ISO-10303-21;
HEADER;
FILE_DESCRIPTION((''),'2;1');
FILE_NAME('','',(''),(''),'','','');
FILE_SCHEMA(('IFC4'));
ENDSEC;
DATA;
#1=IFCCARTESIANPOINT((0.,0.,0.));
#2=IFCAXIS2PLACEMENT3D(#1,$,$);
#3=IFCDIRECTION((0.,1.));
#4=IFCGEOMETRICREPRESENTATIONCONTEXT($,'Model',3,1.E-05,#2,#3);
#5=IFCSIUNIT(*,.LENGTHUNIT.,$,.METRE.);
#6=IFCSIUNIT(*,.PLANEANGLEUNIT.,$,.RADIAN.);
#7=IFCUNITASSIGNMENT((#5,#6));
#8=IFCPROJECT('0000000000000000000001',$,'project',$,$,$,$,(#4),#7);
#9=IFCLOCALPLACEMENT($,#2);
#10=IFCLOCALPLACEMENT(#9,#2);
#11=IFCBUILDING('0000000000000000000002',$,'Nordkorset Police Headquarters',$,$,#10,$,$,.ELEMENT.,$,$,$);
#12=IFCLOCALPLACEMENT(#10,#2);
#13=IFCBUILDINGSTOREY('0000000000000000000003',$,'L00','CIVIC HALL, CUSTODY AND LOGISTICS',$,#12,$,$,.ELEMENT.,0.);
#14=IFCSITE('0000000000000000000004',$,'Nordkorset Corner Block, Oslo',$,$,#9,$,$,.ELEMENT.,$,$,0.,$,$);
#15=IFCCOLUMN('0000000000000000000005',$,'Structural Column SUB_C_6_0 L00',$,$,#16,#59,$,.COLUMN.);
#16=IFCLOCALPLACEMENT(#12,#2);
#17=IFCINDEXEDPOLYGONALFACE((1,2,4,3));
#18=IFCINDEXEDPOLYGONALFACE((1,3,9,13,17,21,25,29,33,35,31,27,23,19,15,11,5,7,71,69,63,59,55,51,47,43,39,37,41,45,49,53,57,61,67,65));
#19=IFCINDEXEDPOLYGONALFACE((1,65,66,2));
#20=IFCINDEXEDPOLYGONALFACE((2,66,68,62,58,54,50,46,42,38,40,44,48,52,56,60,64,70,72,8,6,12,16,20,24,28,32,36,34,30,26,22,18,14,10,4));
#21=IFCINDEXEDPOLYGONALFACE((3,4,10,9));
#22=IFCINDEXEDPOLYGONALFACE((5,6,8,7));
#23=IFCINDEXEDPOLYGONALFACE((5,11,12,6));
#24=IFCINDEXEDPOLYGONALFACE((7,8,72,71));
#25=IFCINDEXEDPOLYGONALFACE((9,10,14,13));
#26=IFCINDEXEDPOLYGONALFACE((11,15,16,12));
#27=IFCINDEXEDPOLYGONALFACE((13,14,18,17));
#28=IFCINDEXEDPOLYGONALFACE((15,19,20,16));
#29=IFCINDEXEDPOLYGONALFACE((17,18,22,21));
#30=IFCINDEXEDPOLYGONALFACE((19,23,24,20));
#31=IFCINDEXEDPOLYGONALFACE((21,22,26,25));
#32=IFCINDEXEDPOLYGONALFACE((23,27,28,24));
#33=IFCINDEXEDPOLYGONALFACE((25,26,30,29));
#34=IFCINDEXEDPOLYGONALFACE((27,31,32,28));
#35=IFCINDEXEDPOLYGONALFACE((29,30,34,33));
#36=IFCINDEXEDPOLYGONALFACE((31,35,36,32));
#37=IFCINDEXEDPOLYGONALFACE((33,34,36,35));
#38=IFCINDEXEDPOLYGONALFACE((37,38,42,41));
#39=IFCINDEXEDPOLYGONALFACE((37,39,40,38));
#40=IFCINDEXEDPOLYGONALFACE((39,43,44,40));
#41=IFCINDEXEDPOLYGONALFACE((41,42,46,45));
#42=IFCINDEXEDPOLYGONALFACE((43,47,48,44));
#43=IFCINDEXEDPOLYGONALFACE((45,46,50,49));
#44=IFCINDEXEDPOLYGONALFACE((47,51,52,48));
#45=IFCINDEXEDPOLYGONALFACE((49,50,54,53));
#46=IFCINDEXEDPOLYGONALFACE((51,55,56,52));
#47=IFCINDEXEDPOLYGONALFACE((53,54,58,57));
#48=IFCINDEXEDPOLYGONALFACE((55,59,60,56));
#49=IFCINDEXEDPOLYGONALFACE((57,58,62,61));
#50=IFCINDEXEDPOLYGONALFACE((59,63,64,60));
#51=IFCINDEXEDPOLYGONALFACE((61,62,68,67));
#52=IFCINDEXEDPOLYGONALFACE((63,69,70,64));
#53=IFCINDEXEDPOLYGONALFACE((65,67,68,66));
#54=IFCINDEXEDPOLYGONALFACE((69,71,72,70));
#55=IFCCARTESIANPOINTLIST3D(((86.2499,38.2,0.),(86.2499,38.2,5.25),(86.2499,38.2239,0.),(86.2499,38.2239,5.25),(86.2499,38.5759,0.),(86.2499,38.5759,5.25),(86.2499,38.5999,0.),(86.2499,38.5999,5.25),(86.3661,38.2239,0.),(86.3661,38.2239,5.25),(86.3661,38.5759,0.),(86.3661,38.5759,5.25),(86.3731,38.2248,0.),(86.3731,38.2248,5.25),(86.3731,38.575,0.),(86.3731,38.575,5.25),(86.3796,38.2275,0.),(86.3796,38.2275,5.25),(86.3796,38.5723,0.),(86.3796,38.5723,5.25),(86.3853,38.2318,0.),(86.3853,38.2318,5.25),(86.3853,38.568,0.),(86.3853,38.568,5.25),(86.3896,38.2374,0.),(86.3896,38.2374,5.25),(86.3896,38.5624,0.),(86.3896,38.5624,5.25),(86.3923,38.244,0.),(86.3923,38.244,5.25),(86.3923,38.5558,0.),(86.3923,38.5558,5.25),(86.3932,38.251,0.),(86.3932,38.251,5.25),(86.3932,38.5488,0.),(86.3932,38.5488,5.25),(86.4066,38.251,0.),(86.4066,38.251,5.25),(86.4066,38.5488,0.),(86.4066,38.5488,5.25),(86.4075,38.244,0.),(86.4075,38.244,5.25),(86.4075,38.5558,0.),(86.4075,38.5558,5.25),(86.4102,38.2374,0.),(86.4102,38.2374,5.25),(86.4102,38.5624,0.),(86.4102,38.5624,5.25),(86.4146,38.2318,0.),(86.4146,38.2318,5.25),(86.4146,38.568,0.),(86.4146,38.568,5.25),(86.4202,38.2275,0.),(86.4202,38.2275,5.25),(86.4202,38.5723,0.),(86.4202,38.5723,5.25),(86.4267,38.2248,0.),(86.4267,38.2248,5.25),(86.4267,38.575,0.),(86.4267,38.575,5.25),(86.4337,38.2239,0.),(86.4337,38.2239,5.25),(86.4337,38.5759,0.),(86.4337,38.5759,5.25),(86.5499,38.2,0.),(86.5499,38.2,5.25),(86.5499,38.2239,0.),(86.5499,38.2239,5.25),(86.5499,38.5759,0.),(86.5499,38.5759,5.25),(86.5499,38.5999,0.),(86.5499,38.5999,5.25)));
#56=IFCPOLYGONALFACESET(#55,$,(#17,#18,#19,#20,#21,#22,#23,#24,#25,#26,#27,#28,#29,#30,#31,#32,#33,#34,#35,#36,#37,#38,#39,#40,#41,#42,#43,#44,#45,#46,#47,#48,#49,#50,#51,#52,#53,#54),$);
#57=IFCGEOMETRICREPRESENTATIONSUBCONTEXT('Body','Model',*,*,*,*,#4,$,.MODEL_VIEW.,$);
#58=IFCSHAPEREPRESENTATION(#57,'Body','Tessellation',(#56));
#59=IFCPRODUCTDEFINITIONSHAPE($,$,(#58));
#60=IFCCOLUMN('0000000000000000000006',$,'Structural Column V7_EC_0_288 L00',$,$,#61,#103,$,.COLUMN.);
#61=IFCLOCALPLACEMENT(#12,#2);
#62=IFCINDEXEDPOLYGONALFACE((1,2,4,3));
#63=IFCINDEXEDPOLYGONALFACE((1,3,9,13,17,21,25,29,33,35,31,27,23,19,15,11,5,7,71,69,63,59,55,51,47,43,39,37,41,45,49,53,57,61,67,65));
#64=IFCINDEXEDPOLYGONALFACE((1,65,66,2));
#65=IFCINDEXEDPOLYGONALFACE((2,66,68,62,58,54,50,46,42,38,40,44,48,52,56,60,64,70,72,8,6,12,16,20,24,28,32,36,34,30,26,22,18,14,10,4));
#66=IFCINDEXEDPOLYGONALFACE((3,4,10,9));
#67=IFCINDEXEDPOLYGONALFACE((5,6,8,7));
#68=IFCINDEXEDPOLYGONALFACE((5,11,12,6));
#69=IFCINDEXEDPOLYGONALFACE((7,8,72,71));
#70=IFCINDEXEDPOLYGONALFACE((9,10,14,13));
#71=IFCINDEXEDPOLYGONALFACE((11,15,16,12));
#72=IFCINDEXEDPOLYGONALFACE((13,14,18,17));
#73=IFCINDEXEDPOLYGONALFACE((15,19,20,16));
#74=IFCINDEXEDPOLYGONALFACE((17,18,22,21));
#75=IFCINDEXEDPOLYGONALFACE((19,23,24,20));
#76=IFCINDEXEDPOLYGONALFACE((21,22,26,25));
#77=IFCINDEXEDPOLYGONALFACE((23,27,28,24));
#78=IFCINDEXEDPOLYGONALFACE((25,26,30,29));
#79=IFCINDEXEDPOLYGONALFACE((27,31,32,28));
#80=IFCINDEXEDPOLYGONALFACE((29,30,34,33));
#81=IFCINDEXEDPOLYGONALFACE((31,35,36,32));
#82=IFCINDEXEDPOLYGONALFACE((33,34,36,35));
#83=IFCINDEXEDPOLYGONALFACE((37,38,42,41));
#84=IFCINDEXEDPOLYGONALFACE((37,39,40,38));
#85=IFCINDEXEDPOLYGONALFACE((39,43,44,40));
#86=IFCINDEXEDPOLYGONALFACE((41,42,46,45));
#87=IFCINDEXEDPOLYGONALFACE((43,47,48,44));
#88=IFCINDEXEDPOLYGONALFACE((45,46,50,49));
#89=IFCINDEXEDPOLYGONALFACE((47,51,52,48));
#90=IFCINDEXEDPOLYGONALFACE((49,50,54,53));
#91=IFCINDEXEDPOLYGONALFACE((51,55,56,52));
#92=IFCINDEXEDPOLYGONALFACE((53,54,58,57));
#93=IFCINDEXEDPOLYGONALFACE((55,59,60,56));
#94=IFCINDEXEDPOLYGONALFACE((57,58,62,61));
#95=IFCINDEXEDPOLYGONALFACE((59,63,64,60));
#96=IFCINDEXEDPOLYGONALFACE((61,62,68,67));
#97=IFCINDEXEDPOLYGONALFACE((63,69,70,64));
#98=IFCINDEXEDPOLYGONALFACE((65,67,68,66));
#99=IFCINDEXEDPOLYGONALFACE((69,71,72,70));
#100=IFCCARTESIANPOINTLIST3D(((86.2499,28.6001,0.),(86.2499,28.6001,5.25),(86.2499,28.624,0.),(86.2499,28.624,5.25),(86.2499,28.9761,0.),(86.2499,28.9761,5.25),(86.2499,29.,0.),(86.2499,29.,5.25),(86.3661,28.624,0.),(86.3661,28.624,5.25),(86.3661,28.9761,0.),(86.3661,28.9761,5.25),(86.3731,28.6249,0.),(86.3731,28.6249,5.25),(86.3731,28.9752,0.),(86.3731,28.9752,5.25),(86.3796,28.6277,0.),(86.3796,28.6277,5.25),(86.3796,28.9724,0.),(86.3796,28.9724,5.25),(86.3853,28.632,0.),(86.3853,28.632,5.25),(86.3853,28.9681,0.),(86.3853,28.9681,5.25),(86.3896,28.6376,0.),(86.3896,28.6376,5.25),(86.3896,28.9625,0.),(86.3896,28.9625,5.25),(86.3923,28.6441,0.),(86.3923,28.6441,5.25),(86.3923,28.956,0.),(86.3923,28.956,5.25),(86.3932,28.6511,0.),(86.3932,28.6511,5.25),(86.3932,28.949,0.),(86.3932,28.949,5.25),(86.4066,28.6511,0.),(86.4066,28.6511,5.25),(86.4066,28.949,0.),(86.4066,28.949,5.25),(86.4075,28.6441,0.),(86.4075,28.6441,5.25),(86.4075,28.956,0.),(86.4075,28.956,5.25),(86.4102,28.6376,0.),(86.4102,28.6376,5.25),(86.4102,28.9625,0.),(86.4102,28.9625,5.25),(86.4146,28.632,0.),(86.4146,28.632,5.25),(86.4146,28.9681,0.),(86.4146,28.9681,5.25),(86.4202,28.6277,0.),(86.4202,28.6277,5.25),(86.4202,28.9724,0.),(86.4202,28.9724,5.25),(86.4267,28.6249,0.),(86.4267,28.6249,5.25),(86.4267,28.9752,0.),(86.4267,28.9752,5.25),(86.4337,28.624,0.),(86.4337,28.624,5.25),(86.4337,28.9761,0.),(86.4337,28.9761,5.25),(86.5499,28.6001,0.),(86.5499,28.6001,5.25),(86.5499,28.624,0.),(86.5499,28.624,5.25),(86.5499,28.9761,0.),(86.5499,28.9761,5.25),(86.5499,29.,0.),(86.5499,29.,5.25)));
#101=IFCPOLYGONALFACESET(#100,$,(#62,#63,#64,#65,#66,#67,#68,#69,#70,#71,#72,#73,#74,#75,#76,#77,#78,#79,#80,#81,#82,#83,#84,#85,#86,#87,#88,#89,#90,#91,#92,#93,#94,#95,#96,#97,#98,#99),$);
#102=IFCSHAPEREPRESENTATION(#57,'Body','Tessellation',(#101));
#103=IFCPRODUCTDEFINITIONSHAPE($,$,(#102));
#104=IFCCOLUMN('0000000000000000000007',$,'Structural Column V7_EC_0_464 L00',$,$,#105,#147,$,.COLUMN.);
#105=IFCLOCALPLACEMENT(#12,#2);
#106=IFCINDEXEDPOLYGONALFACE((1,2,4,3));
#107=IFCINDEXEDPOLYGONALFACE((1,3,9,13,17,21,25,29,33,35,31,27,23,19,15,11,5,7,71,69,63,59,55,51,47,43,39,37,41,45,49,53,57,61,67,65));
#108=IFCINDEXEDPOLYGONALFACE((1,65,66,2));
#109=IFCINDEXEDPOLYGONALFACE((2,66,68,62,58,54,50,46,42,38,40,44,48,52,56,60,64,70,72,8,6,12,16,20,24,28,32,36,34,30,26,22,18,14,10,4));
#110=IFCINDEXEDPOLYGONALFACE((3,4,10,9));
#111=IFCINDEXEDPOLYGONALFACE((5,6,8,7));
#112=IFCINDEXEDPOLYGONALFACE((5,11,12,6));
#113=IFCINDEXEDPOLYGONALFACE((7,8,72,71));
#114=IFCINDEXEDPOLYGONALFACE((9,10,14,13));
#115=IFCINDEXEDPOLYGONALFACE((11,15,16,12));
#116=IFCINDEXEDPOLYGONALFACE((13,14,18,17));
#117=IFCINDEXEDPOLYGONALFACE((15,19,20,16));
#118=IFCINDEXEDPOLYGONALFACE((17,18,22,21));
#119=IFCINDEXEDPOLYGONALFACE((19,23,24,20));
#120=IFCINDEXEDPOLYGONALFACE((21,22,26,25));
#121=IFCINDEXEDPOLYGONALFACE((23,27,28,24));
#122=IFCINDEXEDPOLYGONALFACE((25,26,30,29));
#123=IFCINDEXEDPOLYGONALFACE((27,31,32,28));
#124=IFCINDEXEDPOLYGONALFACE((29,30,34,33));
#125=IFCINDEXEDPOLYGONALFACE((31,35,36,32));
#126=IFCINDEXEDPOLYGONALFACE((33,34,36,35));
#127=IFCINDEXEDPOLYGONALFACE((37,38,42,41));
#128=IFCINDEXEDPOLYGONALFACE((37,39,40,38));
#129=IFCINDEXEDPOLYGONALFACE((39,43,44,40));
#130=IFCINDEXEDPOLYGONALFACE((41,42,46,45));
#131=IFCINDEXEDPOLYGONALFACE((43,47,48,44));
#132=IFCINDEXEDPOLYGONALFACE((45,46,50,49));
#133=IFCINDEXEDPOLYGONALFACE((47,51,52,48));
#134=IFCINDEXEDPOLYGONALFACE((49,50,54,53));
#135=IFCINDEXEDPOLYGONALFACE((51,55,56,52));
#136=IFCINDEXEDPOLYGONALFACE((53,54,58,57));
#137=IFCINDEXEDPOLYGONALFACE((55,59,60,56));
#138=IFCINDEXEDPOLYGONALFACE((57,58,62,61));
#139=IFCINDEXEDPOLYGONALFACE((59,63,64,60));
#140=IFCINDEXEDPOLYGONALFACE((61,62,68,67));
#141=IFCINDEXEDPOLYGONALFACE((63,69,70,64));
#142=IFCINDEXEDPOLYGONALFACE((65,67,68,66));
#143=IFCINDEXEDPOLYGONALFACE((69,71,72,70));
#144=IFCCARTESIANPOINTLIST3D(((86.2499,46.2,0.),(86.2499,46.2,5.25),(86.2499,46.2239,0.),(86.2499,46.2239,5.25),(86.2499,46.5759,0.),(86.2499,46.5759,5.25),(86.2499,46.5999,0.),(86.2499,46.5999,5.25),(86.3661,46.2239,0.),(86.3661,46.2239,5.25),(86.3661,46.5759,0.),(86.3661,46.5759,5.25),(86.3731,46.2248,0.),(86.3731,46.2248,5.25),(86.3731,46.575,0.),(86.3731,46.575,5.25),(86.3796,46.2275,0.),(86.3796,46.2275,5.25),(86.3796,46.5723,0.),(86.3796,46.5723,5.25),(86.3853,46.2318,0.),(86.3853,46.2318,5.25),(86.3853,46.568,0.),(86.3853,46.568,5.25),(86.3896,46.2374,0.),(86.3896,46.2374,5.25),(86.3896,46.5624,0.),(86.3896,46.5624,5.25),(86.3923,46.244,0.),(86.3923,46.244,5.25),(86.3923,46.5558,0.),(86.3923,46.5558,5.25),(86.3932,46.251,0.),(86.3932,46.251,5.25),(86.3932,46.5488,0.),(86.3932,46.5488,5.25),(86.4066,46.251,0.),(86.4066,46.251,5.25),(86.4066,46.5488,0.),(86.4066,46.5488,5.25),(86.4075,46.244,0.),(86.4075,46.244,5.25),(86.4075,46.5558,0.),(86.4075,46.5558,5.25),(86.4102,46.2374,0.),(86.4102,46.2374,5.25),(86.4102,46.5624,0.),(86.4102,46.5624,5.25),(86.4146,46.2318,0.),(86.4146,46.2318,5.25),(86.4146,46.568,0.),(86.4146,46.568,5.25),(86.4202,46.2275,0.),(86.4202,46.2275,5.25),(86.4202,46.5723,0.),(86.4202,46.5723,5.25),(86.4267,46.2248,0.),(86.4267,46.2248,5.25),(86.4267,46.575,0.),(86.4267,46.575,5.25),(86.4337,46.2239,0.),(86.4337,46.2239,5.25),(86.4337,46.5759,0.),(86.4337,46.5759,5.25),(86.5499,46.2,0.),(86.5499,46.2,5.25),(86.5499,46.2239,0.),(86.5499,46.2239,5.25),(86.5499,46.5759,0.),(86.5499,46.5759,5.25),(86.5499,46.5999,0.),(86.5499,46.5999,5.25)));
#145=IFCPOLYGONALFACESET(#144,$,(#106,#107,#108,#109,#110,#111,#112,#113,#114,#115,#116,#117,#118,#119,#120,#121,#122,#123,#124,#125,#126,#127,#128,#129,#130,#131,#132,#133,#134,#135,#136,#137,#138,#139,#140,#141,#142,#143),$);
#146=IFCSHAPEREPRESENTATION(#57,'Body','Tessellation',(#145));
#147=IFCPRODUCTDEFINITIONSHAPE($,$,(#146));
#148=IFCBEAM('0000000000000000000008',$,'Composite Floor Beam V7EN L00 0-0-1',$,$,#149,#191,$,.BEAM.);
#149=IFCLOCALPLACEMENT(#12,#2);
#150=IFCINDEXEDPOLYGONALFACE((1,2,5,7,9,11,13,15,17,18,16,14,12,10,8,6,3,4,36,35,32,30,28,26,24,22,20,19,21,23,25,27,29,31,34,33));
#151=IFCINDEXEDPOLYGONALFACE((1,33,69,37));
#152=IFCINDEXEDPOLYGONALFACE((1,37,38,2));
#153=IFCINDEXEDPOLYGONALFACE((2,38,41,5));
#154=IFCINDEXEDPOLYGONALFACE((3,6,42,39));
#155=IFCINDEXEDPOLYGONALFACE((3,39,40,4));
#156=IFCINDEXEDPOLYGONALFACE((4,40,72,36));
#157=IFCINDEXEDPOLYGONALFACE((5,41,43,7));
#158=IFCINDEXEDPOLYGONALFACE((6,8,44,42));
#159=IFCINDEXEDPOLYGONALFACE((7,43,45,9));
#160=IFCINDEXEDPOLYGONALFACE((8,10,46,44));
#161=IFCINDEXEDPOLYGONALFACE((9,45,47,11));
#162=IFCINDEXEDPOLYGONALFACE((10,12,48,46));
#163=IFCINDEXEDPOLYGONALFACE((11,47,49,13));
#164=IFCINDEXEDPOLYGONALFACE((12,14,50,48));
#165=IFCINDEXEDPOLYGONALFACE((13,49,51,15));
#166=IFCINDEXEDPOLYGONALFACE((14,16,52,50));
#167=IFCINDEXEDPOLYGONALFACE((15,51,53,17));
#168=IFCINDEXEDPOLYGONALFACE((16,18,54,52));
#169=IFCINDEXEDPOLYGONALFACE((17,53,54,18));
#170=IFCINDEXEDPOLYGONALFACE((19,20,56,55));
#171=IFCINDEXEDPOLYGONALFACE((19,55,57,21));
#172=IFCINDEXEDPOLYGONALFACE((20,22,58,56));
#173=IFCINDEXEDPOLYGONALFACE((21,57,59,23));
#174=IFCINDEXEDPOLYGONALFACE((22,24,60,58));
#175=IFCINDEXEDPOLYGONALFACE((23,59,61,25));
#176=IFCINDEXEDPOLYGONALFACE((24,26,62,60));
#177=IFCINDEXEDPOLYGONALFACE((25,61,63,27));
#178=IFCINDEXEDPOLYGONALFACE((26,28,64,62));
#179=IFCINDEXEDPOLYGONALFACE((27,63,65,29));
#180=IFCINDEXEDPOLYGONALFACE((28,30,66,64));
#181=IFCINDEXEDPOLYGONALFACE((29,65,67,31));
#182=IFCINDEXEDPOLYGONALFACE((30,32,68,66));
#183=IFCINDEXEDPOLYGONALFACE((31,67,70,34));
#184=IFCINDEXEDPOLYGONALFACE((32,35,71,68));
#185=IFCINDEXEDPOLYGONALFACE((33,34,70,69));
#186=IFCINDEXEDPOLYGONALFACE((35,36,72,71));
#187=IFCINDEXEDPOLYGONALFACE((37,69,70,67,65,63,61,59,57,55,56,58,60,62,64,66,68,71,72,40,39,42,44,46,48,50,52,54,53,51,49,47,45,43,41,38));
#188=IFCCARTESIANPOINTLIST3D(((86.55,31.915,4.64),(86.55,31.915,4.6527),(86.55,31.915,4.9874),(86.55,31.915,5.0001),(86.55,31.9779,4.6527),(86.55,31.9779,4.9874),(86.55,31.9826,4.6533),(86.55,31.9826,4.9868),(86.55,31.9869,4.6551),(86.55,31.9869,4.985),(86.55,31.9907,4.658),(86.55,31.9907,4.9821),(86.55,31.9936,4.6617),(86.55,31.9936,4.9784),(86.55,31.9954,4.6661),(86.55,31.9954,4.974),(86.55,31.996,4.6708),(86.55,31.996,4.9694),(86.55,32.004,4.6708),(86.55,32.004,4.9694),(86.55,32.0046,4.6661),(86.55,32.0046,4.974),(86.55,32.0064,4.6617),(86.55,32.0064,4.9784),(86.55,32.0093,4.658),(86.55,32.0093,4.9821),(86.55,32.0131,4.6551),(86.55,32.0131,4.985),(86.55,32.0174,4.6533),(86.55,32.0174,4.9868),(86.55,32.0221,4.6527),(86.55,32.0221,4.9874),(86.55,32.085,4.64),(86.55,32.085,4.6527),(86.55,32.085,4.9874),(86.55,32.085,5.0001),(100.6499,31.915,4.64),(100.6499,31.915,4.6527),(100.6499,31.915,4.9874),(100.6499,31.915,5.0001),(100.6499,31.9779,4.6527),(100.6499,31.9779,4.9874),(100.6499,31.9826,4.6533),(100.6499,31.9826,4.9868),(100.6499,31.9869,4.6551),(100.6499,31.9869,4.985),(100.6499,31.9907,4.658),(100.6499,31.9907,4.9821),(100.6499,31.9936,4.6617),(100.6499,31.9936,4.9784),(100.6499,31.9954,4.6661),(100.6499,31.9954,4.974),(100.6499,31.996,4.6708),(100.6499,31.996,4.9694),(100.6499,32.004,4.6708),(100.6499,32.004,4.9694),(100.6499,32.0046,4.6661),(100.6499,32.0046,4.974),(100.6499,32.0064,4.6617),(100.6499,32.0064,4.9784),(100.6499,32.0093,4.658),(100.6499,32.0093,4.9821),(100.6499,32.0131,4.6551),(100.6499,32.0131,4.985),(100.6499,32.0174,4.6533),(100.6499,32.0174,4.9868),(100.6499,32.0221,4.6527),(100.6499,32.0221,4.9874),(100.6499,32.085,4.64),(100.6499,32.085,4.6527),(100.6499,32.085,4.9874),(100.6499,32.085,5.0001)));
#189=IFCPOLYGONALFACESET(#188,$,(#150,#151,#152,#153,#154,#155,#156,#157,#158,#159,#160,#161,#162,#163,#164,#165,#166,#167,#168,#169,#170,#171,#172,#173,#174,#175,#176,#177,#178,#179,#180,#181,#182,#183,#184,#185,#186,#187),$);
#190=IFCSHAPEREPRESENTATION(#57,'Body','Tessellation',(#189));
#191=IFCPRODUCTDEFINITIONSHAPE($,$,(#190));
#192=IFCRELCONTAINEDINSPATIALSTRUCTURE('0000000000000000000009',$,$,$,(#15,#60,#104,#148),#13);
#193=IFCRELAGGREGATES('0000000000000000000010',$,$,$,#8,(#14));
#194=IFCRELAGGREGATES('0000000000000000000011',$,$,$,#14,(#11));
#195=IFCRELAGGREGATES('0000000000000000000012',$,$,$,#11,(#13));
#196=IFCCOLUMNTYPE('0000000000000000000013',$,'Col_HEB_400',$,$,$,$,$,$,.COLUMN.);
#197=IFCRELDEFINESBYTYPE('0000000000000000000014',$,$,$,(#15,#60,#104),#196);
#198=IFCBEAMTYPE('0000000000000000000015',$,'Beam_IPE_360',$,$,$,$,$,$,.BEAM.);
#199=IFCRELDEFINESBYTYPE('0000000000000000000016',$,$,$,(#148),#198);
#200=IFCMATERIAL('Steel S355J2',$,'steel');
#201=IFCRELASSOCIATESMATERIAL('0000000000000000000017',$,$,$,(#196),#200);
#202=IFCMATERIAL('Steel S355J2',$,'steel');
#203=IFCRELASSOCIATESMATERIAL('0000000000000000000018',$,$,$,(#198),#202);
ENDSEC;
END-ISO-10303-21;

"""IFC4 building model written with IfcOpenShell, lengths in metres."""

from ifc_helpers import new_model, si_unit, direction, frame, origin, origin_2d, place, context, subcontext, project, spatial, i_section, extrude, material, material_profile, profile_set, type_object, element, save


model = new_model("IFC4")

# Units and contexts
model_context = context("Model", 3, precision=1e-05, world=origin(), true_north=direction((0.0, 1.0)))
body_context = subcontext(model_context, "Body", "Model", "MODEL_VIEW")
ifc_project = project(units=[si_unit("LENGTHUNIT", "METRE"), si_unit("PLANEANGLEUNIT", "RADIAN")], contexts=[model_context])

# Site, building, storey
site_placement = place(None, origin())
site = spatial("IfcSite", under=ifc_project, at=site_placement, Name="Nordkorset Corner Block, Oslo", CompositionType="ELEMENT", RefElevation=0.0)
building_placement = place(site_placement, origin())
building = spatial("IfcBuilding", under=site, at=building_placement, Name="Nordkorset Police Headquarters", CompositionType="ELEMENT")
storey_placement = place(building_placement, origin())
storey = spatial("IfcBuildingStorey", under=building, at=storey_placement, Name="L00", Description="CIVIC HALL, CUSTODY AND LOGISTICS", CompositionType="ELEMENT", Elevation=0.0)

# Columns
ifc_material_1 = material(Name="Steel S355J2", Category="steel")
ifc_material_profile_1 = material_profile(ifc_material_1, i_section(OverallWidth=0.3, OverallDepth=0.3999, WebThickness=0.0134, FlangeThickness=0.0239, FilletRadius=0.0271, at=origin_2d()), Name="HEB 400")
ifc_profile_set_1 = profile_set([ifc_material_profile_1], Name="Steel S355J2")
column_type_1 = type_object("IfcColumnType", Name="Col_HEB_400", PredefinedType="COLUMN", material=ifc_profile_set_1)
for number, where, z_axis, x_axis, name in (
    (1, (86.3999, 38.3999, 0.0), (0.0, 0.0, 1.0), (1.0, 0.0, 0.0), "Structural Column SUB_C_6_0 L00"),
    (2, (86.3999, 28.8, 0.0), (0.0, 0.0, 1.0), (1.0, 0.0, 0.0), "Structural Column V7_EC_0_288 L00"),
    (3, (86.3999, 46.3999, 0.0), (0.0, 0.0, 1.0), (1.0, 0.0, 0.0), "Structural Column V7_EC_0_464 L00"),
):
    element("IfcColumn", number, at=place(storey_placement, frame(where, z_axis=z_axis, x_axis=x_axis)), inside=storey, type_object=column_type_1, Name=name, PredefinedType="COLUMN", context=body_context, shape_type="SweptSolid", body=[
        extrude(i_section(OverallWidth=0.3, OverallDepth=0.3999, WebThickness=0.0134, FlangeThickness=0.0239, FilletRadius=0.0271, at=origin_2d()), origin(), (0.0, 0.0, 1.0), 5.25),
    ])

# Beam
ifc_material_2 = material(Name="Steel S355J2", Category="steel")
ifc_material_profile_2 = material_profile(ifc_material_2, i_section(OverallWidth=0.1699, OverallDepth=0.3601, WebThickness=0.0081, FlangeThickness=0.0127, FilletRadius=0.0181, at=origin_2d()), Name="IPE 360")
ifc_profile_set_2 = profile_set([ifc_material_profile_2], Name="Steel S355J2")
beam_type_1 = type_object("IfcBeamType", Name="Beam_IPE_360", PredefinedType="BEAM", material=ifc_profile_set_2)
for number, where, z_axis, x_axis, name in (
    (4, (86.55, 32.0, 4.8201), (1.0, 0.0, 0.0), (0.0, 1.0, 0.0), "Composite Floor Beam V7EN L00 0-0-1"),
):
    element("IfcBeam", number, at=place(storey_placement, frame(where, z_axis=z_axis, x_axis=x_axis)), inside=storey, type_object=beam_type_1, Name=name, PredefinedType="BEAM", context=body_context, shape_type="SweptSolid", body=[
        extrude(i_section(OverallWidth=0.1699, OverallDepth=0.3601, WebThickness=0.0081, FlangeThickness=0.0127, FilletRadius=0.0181, at=origin_2d()), origin(), (0.0, 0.0, 1.0), 14.0999),
    ])

save(model, "model.ifc")
